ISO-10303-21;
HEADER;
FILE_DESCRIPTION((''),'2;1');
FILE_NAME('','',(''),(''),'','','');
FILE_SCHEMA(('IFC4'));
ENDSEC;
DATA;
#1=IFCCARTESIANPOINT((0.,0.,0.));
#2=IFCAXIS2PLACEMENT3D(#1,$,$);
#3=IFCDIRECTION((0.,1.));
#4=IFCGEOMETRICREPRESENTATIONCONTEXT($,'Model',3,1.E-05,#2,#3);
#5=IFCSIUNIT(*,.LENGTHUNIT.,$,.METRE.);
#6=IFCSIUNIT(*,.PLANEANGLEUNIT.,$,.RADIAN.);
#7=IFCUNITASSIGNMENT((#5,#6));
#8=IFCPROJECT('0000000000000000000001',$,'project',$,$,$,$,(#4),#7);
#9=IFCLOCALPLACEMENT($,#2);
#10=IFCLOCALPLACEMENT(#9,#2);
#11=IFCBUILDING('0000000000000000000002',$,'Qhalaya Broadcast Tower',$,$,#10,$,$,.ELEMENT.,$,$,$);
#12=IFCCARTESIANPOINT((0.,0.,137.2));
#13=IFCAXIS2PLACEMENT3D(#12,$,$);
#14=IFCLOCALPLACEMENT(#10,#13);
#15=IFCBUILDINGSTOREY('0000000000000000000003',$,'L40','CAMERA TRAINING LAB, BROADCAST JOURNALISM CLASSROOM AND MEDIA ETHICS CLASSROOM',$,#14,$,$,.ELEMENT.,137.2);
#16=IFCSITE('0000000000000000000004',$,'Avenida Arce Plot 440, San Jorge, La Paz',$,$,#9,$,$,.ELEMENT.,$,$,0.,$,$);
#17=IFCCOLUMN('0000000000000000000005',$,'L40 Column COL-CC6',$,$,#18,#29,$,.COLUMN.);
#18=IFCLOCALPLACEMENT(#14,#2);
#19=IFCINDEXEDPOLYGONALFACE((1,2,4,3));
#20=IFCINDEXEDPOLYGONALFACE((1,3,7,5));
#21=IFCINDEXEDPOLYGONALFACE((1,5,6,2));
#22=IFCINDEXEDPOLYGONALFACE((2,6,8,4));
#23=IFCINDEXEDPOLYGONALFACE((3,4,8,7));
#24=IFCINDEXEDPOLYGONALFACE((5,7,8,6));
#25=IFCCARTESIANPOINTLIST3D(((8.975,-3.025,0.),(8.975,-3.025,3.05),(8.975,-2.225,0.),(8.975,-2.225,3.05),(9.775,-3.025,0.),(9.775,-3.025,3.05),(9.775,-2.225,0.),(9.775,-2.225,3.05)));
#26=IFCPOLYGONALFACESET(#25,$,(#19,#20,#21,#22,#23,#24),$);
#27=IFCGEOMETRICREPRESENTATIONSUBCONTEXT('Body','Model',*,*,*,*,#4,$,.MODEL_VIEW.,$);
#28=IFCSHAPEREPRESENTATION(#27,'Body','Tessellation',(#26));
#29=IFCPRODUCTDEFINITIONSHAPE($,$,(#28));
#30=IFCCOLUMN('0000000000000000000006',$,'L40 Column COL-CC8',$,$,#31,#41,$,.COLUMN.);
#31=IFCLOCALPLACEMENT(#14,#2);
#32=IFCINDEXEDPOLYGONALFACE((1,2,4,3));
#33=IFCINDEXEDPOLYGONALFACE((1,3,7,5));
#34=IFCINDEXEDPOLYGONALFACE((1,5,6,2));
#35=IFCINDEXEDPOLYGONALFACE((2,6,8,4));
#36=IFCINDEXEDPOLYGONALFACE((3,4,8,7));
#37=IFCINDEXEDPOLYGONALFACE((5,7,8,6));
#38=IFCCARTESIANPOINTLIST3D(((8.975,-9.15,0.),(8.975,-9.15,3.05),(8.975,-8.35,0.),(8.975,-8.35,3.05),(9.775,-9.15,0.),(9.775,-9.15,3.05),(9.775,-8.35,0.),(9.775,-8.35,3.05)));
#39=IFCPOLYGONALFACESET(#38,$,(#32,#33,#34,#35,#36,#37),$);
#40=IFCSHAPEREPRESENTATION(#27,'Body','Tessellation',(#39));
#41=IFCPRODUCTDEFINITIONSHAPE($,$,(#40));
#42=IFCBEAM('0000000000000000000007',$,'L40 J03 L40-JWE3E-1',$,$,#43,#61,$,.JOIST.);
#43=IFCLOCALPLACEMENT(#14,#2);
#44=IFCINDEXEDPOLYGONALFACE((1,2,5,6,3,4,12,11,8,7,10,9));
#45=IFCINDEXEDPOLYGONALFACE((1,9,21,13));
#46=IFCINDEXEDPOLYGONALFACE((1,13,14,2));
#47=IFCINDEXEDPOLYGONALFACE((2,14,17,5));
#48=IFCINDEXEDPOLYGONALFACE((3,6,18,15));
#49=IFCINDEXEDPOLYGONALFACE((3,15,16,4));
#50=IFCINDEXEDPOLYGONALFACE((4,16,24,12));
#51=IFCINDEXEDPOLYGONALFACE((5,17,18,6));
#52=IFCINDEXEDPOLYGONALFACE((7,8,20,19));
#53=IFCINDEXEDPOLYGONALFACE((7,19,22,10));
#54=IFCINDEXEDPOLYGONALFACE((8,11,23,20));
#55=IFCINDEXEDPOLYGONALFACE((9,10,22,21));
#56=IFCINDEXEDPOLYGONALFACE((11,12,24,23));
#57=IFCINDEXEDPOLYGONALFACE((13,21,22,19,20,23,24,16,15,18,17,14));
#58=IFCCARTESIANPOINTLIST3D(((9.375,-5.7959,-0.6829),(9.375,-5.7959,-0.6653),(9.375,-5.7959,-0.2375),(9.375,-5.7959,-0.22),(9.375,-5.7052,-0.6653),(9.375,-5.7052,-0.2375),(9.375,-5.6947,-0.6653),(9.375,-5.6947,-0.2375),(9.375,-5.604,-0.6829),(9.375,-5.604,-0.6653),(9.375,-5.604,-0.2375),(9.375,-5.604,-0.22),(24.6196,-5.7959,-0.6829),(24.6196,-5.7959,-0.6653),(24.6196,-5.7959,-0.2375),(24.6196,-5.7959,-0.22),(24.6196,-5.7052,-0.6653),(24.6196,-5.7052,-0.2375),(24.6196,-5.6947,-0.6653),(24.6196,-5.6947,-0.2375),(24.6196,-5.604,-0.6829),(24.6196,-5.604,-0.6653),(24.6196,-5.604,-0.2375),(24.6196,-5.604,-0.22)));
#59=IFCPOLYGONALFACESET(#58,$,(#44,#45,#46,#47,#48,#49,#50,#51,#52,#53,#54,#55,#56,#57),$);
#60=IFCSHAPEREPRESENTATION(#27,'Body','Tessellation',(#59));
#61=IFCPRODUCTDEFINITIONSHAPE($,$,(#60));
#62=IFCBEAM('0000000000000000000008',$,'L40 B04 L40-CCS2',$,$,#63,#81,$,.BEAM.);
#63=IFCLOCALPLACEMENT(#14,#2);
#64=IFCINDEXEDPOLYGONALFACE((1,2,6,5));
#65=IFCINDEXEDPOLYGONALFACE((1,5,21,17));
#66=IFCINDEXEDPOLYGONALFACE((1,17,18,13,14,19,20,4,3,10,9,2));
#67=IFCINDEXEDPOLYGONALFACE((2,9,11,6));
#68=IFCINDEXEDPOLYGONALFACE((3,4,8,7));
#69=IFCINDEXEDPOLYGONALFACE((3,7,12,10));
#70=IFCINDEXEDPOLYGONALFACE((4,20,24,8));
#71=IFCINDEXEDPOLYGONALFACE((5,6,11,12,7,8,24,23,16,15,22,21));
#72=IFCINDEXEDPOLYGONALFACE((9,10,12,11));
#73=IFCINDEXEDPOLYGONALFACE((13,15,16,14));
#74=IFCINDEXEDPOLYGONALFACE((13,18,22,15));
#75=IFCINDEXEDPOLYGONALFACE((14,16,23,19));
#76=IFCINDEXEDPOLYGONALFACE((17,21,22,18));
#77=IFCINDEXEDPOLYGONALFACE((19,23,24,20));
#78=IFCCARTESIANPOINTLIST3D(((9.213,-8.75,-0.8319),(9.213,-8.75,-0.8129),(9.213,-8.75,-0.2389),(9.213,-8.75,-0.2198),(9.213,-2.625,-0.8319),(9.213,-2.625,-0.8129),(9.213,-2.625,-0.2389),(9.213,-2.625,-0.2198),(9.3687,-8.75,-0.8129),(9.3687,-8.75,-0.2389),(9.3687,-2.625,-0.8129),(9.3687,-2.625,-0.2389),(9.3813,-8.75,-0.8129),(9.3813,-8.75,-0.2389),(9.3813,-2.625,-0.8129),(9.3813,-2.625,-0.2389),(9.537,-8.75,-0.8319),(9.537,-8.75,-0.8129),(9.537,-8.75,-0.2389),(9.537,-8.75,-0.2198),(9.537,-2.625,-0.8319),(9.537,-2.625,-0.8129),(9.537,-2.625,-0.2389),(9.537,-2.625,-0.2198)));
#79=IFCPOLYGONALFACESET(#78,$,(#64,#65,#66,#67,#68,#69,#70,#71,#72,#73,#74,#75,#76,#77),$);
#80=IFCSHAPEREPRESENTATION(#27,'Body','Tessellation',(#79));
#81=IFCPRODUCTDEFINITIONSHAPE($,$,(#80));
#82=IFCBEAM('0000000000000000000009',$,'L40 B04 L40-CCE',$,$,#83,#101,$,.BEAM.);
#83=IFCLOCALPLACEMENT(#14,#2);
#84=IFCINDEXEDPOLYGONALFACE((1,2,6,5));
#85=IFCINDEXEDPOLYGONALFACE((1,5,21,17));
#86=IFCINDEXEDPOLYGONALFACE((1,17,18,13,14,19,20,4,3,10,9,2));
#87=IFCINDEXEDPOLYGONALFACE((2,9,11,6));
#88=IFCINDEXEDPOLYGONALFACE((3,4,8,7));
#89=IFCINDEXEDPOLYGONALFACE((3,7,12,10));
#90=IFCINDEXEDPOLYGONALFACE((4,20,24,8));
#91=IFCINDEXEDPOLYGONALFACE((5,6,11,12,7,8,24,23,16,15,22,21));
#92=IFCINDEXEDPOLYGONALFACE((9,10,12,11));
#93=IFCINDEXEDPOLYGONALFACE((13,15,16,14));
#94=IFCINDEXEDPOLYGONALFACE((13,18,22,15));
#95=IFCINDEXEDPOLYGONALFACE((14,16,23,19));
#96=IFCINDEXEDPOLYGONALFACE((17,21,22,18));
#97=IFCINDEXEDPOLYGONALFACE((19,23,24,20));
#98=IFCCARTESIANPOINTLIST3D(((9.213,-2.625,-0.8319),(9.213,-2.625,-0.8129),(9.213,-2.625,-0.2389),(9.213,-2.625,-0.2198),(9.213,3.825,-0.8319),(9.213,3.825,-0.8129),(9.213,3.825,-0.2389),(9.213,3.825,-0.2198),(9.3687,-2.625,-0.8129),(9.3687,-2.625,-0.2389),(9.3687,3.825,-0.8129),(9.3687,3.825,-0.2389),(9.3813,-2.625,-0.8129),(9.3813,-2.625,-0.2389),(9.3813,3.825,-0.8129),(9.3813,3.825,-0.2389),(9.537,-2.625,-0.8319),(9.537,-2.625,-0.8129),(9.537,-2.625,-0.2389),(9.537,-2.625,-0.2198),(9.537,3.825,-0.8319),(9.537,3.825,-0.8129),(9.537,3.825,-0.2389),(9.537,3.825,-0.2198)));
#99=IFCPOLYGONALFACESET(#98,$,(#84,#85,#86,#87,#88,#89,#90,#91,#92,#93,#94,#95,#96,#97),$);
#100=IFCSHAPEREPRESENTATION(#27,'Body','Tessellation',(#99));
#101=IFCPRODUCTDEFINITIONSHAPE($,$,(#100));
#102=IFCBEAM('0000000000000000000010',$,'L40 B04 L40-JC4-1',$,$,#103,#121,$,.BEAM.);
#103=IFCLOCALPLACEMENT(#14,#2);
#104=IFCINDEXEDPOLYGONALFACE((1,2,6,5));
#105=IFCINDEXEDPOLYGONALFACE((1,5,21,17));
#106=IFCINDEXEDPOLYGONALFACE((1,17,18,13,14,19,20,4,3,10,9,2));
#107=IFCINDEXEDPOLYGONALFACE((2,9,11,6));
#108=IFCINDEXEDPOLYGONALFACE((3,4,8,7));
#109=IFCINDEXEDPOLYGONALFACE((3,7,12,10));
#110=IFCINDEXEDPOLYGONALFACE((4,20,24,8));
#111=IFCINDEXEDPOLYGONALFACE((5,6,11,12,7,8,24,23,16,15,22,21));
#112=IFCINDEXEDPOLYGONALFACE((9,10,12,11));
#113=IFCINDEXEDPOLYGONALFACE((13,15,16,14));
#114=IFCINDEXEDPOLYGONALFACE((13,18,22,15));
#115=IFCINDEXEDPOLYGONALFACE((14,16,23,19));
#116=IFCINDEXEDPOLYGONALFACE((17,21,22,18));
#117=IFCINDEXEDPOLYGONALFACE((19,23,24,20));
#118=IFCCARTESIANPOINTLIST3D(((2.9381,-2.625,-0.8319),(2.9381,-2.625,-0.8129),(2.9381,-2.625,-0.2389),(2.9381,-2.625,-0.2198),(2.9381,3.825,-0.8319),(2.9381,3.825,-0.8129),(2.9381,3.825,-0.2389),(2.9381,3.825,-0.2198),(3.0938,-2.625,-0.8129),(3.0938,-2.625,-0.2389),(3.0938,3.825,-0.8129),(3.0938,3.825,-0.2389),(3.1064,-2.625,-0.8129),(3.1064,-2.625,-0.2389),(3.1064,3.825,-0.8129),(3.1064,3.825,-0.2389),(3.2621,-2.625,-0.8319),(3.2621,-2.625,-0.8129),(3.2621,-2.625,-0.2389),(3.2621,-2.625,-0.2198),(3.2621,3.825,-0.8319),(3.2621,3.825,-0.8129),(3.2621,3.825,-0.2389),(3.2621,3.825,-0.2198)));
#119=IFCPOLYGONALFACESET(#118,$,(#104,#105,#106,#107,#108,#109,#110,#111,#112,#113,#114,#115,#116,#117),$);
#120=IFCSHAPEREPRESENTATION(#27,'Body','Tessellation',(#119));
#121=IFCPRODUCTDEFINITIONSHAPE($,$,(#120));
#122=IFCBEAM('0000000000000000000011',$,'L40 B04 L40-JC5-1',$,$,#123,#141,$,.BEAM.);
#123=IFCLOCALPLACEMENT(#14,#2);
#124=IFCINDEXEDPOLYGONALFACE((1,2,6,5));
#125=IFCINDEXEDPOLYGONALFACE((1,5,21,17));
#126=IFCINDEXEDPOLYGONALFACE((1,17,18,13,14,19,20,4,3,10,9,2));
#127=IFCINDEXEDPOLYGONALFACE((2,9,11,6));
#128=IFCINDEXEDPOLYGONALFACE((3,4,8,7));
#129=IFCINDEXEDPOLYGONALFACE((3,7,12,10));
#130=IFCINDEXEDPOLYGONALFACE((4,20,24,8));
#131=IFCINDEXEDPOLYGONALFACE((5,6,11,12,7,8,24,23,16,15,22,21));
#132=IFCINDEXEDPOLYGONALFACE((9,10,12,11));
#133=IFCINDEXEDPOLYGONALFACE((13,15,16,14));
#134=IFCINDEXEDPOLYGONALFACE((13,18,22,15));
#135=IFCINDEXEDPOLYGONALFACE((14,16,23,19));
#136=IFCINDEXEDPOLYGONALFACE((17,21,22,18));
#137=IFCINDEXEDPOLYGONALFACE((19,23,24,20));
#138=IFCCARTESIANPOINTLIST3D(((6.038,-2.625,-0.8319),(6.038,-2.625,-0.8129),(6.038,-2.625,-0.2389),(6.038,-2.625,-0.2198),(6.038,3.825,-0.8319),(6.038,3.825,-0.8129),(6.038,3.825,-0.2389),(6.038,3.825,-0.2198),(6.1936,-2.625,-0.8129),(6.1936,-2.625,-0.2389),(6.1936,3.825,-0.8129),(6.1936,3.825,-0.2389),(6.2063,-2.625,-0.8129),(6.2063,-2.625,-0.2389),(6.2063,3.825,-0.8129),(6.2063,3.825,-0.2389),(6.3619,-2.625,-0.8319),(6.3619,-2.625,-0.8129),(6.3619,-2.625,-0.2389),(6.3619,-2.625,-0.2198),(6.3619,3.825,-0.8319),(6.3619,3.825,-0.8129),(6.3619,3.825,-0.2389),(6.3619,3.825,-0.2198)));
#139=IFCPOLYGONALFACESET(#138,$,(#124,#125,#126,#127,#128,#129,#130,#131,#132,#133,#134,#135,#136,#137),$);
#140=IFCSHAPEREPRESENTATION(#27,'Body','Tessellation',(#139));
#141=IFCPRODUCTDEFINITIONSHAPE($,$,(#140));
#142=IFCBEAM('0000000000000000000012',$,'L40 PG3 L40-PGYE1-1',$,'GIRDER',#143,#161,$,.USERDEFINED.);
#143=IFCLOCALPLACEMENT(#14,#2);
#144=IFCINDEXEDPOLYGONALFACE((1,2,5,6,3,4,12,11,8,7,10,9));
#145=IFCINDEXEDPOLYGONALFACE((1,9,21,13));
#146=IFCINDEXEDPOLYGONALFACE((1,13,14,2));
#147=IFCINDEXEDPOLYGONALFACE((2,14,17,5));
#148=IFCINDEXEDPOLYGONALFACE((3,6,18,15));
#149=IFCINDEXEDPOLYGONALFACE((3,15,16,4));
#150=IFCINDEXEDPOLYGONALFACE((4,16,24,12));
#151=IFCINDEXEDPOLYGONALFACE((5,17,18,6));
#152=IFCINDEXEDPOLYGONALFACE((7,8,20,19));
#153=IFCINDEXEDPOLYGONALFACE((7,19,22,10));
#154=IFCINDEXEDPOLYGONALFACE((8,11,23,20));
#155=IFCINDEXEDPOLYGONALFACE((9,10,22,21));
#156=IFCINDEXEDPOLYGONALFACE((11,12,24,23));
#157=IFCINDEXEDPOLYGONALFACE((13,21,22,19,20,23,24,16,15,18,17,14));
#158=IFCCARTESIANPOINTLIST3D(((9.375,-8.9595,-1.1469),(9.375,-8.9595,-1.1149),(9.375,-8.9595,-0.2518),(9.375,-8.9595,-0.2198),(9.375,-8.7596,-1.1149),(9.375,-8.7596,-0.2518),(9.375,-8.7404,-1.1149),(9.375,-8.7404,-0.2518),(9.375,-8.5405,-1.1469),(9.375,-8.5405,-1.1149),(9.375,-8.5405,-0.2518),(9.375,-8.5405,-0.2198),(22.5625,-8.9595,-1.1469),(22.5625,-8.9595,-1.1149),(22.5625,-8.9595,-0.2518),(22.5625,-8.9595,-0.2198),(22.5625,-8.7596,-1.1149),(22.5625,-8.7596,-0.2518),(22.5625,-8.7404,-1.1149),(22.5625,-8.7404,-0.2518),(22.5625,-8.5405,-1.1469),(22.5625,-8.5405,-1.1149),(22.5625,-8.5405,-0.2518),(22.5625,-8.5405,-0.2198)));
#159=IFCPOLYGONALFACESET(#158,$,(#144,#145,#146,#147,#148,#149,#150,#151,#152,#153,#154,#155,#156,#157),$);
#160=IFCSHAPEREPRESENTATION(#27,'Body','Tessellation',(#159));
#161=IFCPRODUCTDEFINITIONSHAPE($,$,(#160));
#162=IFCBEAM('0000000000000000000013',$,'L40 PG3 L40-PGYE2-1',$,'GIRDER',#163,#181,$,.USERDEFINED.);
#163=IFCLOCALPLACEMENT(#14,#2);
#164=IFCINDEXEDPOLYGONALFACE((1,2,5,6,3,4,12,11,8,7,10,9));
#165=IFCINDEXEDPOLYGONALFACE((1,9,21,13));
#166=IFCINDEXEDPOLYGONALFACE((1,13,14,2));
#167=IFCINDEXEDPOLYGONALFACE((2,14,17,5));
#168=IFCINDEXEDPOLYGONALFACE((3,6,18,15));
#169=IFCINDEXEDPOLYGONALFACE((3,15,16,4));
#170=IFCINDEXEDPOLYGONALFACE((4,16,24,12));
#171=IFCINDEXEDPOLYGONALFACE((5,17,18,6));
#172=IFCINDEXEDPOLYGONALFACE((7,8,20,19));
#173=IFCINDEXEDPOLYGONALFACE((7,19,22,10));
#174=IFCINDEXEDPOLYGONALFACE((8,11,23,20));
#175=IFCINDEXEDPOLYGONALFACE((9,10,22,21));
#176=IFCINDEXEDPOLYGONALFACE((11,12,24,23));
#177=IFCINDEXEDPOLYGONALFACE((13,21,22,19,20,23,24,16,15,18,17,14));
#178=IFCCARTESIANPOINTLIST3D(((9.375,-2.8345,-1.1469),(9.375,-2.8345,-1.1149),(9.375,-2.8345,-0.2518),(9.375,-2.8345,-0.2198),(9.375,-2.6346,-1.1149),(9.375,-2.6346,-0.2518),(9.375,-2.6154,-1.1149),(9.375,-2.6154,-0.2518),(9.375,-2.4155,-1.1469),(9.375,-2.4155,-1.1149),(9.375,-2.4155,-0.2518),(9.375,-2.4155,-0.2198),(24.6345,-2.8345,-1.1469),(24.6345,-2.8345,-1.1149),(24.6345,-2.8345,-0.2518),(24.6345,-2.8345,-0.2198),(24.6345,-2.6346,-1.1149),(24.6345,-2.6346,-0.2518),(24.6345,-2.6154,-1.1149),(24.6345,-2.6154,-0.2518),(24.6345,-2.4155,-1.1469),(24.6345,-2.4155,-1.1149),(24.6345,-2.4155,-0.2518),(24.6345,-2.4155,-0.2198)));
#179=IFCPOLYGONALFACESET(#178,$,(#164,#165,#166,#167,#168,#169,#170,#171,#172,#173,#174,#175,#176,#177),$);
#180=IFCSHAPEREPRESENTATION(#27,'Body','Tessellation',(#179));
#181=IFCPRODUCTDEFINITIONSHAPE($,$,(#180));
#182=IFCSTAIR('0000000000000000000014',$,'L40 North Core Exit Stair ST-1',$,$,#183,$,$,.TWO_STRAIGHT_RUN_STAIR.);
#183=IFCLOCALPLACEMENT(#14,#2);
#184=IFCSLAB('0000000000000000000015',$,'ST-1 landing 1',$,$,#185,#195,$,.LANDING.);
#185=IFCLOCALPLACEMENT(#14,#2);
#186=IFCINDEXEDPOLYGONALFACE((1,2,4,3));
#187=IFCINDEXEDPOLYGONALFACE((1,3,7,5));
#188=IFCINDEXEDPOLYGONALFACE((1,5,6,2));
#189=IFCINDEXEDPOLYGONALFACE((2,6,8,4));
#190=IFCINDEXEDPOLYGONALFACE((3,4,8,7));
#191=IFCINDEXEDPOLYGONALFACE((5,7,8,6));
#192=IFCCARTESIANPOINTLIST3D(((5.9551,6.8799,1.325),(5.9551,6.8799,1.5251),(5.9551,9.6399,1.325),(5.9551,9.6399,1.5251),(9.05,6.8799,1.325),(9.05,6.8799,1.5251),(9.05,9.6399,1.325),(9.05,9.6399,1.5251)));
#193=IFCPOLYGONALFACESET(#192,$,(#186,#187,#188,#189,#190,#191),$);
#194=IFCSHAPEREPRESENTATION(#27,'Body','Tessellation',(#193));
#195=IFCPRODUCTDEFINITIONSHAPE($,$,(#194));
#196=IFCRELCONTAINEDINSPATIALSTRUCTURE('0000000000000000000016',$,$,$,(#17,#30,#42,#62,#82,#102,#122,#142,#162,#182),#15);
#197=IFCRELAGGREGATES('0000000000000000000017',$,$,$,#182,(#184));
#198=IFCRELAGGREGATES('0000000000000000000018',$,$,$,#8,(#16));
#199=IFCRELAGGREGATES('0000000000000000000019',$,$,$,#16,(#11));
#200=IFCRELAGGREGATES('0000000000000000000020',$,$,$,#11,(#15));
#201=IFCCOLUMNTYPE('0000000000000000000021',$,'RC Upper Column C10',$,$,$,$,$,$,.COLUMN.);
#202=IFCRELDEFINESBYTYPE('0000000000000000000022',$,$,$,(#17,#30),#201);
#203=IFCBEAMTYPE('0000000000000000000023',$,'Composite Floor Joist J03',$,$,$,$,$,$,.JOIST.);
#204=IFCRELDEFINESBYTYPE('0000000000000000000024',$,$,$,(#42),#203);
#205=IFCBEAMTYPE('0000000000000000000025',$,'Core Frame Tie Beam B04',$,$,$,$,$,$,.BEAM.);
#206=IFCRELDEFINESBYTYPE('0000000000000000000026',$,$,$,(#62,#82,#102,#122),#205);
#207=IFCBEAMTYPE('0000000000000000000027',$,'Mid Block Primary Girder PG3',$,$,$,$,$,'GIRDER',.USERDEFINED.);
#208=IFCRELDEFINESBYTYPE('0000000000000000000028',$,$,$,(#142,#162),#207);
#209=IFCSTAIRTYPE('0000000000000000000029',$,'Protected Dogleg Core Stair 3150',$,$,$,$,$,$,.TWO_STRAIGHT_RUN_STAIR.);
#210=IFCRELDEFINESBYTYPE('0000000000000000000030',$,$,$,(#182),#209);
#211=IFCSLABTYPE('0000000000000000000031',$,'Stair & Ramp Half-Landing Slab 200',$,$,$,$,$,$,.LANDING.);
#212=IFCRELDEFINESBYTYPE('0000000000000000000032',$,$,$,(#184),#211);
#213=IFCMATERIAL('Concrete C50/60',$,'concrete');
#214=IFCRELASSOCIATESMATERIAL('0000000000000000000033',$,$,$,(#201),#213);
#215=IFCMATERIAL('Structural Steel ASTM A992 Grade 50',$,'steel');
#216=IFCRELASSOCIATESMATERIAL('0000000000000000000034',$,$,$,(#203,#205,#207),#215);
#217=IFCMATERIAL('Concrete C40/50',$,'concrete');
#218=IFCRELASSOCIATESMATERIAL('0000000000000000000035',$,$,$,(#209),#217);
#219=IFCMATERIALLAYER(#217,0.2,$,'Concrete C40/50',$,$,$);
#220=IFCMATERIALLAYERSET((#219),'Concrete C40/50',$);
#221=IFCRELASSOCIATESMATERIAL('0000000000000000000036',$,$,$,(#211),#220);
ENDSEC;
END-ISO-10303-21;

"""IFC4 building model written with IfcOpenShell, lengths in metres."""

from ifc_helpers import new_model, si_unit, direction, frame, origin, origin_2d, place, context, subcontext, project, spatial, polyline, rectangle, i_section, outline, extrude, material, layer, layer_set, material_profile, profile_set, type_object, element, aggregate, save


model = new_model("IFC4")

# Units and contexts
model_context = context("Model", 3, precision=1e-05, world=origin(), true_north=direction((0.0, 1.0)))
body_context = subcontext(model_context, "Body", "Model", "MODEL_VIEW")
ifc_project = project(units=[si_unit("LENGTHUNIT", "METRE"), si_unit("PLANEANGLEUNIT", "RADIAN")], contexts=[model_context])

# Site, building, storey
site_placement = place(None, origin())
site = spatial("IfcSite", under=ifc_project, at=site_placement, Name="Avenida Arce Plot 440, San Jorge, La Paz", CompositionType="ELEMENT", RefElevation=0.0)
building_placement = place(site_placement, origin())
building = spatial("IfcBuilding", under=site, at=building_placement, Name="Qhalaya Broadcast Tower", CompositionType="ELEMENT")
storey_placement = place(building_placement, frame((0.0, 0.0, 137.2)))
storey = spatial("IfcBuildingStorey", under=building, at=storey_placement, Name="L40", Description="CAMERA TRAINING LAB, BROADCAST JOURNALISM CLASSROOM AND MEDIA ETHICS CLASSROOM", CompositionType="ELEMENT", Elevation=137.2)

# Columns
ifc_material_1 = material(Name="Concrete C50/60", Category="concrete")
ifc_material_profile_1 = material_profile(ifc_material_1, rectangle(XDim=0.8, YDim=0.8, at=origin_2d()), Name="RC-COL 800x800")
ifc_profile_set_1 = profile_set([ifc_material_profile_1], Name="Concrete C50/60")
column_type = type_object("IfcColumnType", Name="RC Upper Column C10", PredefinedType="COLUMN", material=ifc_profile_set_1)
for number, where, z_axis, x_axis, name in (
    (1, (9.375, -2.625, 0.0), (0.0, 0.0, 1.0), (1.0, 0.0, 0.0), "L40 Column COL-CC6"),
    (2, (9.375, -8.75, 0.0), (0.0, 0.0, 1.0), (1.0, 0.0, 0.0), "L40 Column COL-CC8"),
):
    element("IfcColumn", number, at=place(storey_placement, frame(where, z_axis=z_axis, x_axis=x_axis)), inside=storey, type_object=column_type, Name=name, PredefinedType="COLUMN", context=body_context, shape_type="SweptSolid", body=[
        extrude(rectangle(XDim=0.8, YDim=0.8, at=origin_2d()), origin(), (0.0, 0.0, 1.0), 3.05),
    ])

# Beams
ifc_material_2 = material(Name="Structural Steel ASTM A992 Grade 50", Category="steel")
ifc_material_profile_2 = material_profile(ifc_material_2, i_section(OverallWidth=0.1919, OverallDepth=0.4629, WebThickness=0.0105, FlangeThickness=0.0176, at=origin_2d()), Name="W18X60")
ifc_profile_set_2 = profile_set([ifc_material_profile_2], Name="Structural Steel ASTM A992 Grade 50")
beam_type_1 = type_object("IfcBeamType", Name="Composite Floor Joist J03", PredefinedType="JOIST", material=ifc_profile_set_2)
beam_1_placement = place(storey_placement, frame((9.375, -5.7, -0.4514), z_axis=(1.0, 0.0, 0.0), x_axis=(0.0, 1.0, 0.0)))
element("IfcBeam", 3, at=beam_1_placement, inside=storey, type_object=beam_type_1, Name="L40 J03 L40-JWE3E-1", PredefinedType="JOIST", context=body_context, shape_type="SweptSolid", body=[
    extrude(i_section(OverallWidth=0.1919, OverallDepth=0.4629, WebThickness=0.0105, FlangeThickness=0.0176, at=origin_2d()), origin(), (0.0, 0.0, 1.0), 15.2446),
])
ifc_material_profile_3 = material_profile(ifc_material_2, i_section(OverallWidth=0.324, OverallDepth=0.6121, WebThickness=0.0127, FlangeThickness=0.019, at=origin_2d()), Name="W24X104")
ifc_profile_set_3 = profile_set([ifc_material_profile_3], Name="Structural Steel ASTM A992 Grade 50")
beam_type_2 = type_object("IfcBeamType", Name="Core Frame Tie Beam B04", PredefinedType="BEAM", material=ifc_profile_set_3)
beam_2_placement = place(storey_placement, frame((9.375, -8.75, -0.5259), z_axis=(0.0, 1.0, 0.0), x_axis=(-1.0, 0.0, 0.0)))
element("IfcBeam", 4, at=beam_2_placement, inside=storey, type_object=beam_type_2, Name="L40 B04 L40-CCS2", PredefinedType="BEAM", context=body_context, shape_type="SweptSolid", body=[
    extrude(i_section(OverallWidth=0.324, OverallDepth=0.6121, WebThickness=0.0127, FlangeThickness=0.019, at=origin_2d()), origin(), (0.0, 0.0, 1.0), 6.125),
])
for number, where, z_axis, x_axis, name in (
    (5, (9.375, -2.625, -0.5259), (0.0, 1.0, 0.0), (-1.0, 0.0, 0.0), "L40 B04 L40-CCE"),
    (6, (3.1001, -2.625, -0.5259), (0.0, 1.0, 0.0), (-1.0, 0.0, 0.0), "L40 B04 L40-JC4-1"),
    (7, (6.2, -2.625, -0.5259), (0.0, 1.0, 0.0), (-1.0, 0.0, 0.0), "L40 B04 L40-JC5-1"),
):
    element("IfcBeam", number, at=place(storey_placement, frame(where, z_axis=z_axis, x_axis=x_axis)), inside=storey, type_object=beam_type_2, Name=name, PredefinedType="BEAM", context=body_context, shape_type="SweptSolid", body=[
        extrude(i_section(OverallWidth=0.324, OverallDepth=0.6121, WebThickness=0.0127, FlangeThickness=0.019, at=origin_2d()), origin(), (0.0, 0.0, 1.0), 6.45),
    ])
ifc_material_profile_4 = material_profile(ifc_material_2, i_section(OverallWidth=0.4189, OverallDepth=0.927, WebThickness=0.0193, FlangeThickness=0.032, at=origin_2d()), Name="W36X231")
ifc_profile_set_4 = profile_set([ifc_material_profile_4], Name="Structural Steel ASTM A992 Grade 50")
beam_type_3 = type_object("IfcBeamType", Name="Mid Block Primary Girder PG3", ElementType="GIRDER", PredefinedType="USERDEFINED", material=ifc_profile_set_4)
beam_3_placement = place(storey_placement, frame((9.375, -8.75, -0.6833), z_axis=(1.0, 0.0, 0.0), x_axis=(0.0, 1.0, 0.0)))
element("IfcBeam", 8, at=beam_3_placement, inside=storey, type_object=beam_type_3, Name="L40 PG3 L40-PGYE1-1", ObjectType="GIRDER", PredefinedType="USERDEFINED", context=body_context, shape_type="SweptSolid", body=[
    extrude(i_section(OverallWidth=0.4189, OverallDepth=0.927, WebThickness=0.0193, FlangeThickness=0.032, at=origin_2d()), origin(), (0.0, 0.0, 1.0), 13.1875),
])
beam_4_placement = place(storey_placement, frame((9.375, -2.625, -0.6833), z_axis=(1.0, 0.0, 0.0), x_axis=(0.0, 1.0, 0.0)))
element("IfcBeam", 9, at=beam_4_placement, inside=storey, type_object=beam_type_3, Name="L40 PG3 L40-PGYE2-1", ObjectType="GIRDER", PredefinedType="USERDEFINED", context=body_context, shape_type="SweptSolid", body=[
    extrude(i_section(OverallWidth=0.4189, OverallDepth=0.927, WebThickness=0.0193, FlangeThickness=0.032, at=origin_2d()), origin(), (0.0, 0.0, 1.0), 15.2595),
])

# Stair, slab
ifc_material_3 = material(Name="Concrete C40/50", Category="concrete")
stair_type = type_object("IfcStairType", Name="Protected Dogleg Core Stair 3150", PredefinedType="TWO_STRAIGHT_RUN_STAIR", material=ifc_material_3)
stair_1_placement = place(storey_placement, origin())
stair_1 = element("IfcStair", 10, at=stair_1_placement, inside=storey, type_object=stair_type, Name="L40 North Core Exit Stair ST-1", PredefinedType="TWO_STRAIGHT_RUN_STAIR")
ifc_layer_1 = layer(ifc_material_3, 0.2, Name="Concrete C40/50")
ifc_layer_set_1 = layer_set([ifc_layer_1], Name="Concrete C40/50")
slab_type_1 = type_object("IfcSlabType", Name="Stair & Ramp Half-Landing Slab 200", PredefinedType="LANDING", material=ifc_layer_set_1)
slab_1_placement = place(storey_placement, frame((0.0, 0.0, 1.325)))
slab_1 = element("IfcSlab", 11, at=slab_1_placement, type_object=slab_type_1, Name="ST-1 landing 1", PredefinedType="LANDING", context=body_context, shape_type="SweptSolid", body=[
    extrude(outline(polyline([(5.9551, 6.8799), (9.05, 6.8799), (9.05, 9.6399), (5.9551, 9.6399), (5.9551, 6.8799)])), origin(), (0.0, 0.0, 1.0), 0.2002),
])
aggregate(stair_1, [slab_1])

save(model, "model.ifc")
